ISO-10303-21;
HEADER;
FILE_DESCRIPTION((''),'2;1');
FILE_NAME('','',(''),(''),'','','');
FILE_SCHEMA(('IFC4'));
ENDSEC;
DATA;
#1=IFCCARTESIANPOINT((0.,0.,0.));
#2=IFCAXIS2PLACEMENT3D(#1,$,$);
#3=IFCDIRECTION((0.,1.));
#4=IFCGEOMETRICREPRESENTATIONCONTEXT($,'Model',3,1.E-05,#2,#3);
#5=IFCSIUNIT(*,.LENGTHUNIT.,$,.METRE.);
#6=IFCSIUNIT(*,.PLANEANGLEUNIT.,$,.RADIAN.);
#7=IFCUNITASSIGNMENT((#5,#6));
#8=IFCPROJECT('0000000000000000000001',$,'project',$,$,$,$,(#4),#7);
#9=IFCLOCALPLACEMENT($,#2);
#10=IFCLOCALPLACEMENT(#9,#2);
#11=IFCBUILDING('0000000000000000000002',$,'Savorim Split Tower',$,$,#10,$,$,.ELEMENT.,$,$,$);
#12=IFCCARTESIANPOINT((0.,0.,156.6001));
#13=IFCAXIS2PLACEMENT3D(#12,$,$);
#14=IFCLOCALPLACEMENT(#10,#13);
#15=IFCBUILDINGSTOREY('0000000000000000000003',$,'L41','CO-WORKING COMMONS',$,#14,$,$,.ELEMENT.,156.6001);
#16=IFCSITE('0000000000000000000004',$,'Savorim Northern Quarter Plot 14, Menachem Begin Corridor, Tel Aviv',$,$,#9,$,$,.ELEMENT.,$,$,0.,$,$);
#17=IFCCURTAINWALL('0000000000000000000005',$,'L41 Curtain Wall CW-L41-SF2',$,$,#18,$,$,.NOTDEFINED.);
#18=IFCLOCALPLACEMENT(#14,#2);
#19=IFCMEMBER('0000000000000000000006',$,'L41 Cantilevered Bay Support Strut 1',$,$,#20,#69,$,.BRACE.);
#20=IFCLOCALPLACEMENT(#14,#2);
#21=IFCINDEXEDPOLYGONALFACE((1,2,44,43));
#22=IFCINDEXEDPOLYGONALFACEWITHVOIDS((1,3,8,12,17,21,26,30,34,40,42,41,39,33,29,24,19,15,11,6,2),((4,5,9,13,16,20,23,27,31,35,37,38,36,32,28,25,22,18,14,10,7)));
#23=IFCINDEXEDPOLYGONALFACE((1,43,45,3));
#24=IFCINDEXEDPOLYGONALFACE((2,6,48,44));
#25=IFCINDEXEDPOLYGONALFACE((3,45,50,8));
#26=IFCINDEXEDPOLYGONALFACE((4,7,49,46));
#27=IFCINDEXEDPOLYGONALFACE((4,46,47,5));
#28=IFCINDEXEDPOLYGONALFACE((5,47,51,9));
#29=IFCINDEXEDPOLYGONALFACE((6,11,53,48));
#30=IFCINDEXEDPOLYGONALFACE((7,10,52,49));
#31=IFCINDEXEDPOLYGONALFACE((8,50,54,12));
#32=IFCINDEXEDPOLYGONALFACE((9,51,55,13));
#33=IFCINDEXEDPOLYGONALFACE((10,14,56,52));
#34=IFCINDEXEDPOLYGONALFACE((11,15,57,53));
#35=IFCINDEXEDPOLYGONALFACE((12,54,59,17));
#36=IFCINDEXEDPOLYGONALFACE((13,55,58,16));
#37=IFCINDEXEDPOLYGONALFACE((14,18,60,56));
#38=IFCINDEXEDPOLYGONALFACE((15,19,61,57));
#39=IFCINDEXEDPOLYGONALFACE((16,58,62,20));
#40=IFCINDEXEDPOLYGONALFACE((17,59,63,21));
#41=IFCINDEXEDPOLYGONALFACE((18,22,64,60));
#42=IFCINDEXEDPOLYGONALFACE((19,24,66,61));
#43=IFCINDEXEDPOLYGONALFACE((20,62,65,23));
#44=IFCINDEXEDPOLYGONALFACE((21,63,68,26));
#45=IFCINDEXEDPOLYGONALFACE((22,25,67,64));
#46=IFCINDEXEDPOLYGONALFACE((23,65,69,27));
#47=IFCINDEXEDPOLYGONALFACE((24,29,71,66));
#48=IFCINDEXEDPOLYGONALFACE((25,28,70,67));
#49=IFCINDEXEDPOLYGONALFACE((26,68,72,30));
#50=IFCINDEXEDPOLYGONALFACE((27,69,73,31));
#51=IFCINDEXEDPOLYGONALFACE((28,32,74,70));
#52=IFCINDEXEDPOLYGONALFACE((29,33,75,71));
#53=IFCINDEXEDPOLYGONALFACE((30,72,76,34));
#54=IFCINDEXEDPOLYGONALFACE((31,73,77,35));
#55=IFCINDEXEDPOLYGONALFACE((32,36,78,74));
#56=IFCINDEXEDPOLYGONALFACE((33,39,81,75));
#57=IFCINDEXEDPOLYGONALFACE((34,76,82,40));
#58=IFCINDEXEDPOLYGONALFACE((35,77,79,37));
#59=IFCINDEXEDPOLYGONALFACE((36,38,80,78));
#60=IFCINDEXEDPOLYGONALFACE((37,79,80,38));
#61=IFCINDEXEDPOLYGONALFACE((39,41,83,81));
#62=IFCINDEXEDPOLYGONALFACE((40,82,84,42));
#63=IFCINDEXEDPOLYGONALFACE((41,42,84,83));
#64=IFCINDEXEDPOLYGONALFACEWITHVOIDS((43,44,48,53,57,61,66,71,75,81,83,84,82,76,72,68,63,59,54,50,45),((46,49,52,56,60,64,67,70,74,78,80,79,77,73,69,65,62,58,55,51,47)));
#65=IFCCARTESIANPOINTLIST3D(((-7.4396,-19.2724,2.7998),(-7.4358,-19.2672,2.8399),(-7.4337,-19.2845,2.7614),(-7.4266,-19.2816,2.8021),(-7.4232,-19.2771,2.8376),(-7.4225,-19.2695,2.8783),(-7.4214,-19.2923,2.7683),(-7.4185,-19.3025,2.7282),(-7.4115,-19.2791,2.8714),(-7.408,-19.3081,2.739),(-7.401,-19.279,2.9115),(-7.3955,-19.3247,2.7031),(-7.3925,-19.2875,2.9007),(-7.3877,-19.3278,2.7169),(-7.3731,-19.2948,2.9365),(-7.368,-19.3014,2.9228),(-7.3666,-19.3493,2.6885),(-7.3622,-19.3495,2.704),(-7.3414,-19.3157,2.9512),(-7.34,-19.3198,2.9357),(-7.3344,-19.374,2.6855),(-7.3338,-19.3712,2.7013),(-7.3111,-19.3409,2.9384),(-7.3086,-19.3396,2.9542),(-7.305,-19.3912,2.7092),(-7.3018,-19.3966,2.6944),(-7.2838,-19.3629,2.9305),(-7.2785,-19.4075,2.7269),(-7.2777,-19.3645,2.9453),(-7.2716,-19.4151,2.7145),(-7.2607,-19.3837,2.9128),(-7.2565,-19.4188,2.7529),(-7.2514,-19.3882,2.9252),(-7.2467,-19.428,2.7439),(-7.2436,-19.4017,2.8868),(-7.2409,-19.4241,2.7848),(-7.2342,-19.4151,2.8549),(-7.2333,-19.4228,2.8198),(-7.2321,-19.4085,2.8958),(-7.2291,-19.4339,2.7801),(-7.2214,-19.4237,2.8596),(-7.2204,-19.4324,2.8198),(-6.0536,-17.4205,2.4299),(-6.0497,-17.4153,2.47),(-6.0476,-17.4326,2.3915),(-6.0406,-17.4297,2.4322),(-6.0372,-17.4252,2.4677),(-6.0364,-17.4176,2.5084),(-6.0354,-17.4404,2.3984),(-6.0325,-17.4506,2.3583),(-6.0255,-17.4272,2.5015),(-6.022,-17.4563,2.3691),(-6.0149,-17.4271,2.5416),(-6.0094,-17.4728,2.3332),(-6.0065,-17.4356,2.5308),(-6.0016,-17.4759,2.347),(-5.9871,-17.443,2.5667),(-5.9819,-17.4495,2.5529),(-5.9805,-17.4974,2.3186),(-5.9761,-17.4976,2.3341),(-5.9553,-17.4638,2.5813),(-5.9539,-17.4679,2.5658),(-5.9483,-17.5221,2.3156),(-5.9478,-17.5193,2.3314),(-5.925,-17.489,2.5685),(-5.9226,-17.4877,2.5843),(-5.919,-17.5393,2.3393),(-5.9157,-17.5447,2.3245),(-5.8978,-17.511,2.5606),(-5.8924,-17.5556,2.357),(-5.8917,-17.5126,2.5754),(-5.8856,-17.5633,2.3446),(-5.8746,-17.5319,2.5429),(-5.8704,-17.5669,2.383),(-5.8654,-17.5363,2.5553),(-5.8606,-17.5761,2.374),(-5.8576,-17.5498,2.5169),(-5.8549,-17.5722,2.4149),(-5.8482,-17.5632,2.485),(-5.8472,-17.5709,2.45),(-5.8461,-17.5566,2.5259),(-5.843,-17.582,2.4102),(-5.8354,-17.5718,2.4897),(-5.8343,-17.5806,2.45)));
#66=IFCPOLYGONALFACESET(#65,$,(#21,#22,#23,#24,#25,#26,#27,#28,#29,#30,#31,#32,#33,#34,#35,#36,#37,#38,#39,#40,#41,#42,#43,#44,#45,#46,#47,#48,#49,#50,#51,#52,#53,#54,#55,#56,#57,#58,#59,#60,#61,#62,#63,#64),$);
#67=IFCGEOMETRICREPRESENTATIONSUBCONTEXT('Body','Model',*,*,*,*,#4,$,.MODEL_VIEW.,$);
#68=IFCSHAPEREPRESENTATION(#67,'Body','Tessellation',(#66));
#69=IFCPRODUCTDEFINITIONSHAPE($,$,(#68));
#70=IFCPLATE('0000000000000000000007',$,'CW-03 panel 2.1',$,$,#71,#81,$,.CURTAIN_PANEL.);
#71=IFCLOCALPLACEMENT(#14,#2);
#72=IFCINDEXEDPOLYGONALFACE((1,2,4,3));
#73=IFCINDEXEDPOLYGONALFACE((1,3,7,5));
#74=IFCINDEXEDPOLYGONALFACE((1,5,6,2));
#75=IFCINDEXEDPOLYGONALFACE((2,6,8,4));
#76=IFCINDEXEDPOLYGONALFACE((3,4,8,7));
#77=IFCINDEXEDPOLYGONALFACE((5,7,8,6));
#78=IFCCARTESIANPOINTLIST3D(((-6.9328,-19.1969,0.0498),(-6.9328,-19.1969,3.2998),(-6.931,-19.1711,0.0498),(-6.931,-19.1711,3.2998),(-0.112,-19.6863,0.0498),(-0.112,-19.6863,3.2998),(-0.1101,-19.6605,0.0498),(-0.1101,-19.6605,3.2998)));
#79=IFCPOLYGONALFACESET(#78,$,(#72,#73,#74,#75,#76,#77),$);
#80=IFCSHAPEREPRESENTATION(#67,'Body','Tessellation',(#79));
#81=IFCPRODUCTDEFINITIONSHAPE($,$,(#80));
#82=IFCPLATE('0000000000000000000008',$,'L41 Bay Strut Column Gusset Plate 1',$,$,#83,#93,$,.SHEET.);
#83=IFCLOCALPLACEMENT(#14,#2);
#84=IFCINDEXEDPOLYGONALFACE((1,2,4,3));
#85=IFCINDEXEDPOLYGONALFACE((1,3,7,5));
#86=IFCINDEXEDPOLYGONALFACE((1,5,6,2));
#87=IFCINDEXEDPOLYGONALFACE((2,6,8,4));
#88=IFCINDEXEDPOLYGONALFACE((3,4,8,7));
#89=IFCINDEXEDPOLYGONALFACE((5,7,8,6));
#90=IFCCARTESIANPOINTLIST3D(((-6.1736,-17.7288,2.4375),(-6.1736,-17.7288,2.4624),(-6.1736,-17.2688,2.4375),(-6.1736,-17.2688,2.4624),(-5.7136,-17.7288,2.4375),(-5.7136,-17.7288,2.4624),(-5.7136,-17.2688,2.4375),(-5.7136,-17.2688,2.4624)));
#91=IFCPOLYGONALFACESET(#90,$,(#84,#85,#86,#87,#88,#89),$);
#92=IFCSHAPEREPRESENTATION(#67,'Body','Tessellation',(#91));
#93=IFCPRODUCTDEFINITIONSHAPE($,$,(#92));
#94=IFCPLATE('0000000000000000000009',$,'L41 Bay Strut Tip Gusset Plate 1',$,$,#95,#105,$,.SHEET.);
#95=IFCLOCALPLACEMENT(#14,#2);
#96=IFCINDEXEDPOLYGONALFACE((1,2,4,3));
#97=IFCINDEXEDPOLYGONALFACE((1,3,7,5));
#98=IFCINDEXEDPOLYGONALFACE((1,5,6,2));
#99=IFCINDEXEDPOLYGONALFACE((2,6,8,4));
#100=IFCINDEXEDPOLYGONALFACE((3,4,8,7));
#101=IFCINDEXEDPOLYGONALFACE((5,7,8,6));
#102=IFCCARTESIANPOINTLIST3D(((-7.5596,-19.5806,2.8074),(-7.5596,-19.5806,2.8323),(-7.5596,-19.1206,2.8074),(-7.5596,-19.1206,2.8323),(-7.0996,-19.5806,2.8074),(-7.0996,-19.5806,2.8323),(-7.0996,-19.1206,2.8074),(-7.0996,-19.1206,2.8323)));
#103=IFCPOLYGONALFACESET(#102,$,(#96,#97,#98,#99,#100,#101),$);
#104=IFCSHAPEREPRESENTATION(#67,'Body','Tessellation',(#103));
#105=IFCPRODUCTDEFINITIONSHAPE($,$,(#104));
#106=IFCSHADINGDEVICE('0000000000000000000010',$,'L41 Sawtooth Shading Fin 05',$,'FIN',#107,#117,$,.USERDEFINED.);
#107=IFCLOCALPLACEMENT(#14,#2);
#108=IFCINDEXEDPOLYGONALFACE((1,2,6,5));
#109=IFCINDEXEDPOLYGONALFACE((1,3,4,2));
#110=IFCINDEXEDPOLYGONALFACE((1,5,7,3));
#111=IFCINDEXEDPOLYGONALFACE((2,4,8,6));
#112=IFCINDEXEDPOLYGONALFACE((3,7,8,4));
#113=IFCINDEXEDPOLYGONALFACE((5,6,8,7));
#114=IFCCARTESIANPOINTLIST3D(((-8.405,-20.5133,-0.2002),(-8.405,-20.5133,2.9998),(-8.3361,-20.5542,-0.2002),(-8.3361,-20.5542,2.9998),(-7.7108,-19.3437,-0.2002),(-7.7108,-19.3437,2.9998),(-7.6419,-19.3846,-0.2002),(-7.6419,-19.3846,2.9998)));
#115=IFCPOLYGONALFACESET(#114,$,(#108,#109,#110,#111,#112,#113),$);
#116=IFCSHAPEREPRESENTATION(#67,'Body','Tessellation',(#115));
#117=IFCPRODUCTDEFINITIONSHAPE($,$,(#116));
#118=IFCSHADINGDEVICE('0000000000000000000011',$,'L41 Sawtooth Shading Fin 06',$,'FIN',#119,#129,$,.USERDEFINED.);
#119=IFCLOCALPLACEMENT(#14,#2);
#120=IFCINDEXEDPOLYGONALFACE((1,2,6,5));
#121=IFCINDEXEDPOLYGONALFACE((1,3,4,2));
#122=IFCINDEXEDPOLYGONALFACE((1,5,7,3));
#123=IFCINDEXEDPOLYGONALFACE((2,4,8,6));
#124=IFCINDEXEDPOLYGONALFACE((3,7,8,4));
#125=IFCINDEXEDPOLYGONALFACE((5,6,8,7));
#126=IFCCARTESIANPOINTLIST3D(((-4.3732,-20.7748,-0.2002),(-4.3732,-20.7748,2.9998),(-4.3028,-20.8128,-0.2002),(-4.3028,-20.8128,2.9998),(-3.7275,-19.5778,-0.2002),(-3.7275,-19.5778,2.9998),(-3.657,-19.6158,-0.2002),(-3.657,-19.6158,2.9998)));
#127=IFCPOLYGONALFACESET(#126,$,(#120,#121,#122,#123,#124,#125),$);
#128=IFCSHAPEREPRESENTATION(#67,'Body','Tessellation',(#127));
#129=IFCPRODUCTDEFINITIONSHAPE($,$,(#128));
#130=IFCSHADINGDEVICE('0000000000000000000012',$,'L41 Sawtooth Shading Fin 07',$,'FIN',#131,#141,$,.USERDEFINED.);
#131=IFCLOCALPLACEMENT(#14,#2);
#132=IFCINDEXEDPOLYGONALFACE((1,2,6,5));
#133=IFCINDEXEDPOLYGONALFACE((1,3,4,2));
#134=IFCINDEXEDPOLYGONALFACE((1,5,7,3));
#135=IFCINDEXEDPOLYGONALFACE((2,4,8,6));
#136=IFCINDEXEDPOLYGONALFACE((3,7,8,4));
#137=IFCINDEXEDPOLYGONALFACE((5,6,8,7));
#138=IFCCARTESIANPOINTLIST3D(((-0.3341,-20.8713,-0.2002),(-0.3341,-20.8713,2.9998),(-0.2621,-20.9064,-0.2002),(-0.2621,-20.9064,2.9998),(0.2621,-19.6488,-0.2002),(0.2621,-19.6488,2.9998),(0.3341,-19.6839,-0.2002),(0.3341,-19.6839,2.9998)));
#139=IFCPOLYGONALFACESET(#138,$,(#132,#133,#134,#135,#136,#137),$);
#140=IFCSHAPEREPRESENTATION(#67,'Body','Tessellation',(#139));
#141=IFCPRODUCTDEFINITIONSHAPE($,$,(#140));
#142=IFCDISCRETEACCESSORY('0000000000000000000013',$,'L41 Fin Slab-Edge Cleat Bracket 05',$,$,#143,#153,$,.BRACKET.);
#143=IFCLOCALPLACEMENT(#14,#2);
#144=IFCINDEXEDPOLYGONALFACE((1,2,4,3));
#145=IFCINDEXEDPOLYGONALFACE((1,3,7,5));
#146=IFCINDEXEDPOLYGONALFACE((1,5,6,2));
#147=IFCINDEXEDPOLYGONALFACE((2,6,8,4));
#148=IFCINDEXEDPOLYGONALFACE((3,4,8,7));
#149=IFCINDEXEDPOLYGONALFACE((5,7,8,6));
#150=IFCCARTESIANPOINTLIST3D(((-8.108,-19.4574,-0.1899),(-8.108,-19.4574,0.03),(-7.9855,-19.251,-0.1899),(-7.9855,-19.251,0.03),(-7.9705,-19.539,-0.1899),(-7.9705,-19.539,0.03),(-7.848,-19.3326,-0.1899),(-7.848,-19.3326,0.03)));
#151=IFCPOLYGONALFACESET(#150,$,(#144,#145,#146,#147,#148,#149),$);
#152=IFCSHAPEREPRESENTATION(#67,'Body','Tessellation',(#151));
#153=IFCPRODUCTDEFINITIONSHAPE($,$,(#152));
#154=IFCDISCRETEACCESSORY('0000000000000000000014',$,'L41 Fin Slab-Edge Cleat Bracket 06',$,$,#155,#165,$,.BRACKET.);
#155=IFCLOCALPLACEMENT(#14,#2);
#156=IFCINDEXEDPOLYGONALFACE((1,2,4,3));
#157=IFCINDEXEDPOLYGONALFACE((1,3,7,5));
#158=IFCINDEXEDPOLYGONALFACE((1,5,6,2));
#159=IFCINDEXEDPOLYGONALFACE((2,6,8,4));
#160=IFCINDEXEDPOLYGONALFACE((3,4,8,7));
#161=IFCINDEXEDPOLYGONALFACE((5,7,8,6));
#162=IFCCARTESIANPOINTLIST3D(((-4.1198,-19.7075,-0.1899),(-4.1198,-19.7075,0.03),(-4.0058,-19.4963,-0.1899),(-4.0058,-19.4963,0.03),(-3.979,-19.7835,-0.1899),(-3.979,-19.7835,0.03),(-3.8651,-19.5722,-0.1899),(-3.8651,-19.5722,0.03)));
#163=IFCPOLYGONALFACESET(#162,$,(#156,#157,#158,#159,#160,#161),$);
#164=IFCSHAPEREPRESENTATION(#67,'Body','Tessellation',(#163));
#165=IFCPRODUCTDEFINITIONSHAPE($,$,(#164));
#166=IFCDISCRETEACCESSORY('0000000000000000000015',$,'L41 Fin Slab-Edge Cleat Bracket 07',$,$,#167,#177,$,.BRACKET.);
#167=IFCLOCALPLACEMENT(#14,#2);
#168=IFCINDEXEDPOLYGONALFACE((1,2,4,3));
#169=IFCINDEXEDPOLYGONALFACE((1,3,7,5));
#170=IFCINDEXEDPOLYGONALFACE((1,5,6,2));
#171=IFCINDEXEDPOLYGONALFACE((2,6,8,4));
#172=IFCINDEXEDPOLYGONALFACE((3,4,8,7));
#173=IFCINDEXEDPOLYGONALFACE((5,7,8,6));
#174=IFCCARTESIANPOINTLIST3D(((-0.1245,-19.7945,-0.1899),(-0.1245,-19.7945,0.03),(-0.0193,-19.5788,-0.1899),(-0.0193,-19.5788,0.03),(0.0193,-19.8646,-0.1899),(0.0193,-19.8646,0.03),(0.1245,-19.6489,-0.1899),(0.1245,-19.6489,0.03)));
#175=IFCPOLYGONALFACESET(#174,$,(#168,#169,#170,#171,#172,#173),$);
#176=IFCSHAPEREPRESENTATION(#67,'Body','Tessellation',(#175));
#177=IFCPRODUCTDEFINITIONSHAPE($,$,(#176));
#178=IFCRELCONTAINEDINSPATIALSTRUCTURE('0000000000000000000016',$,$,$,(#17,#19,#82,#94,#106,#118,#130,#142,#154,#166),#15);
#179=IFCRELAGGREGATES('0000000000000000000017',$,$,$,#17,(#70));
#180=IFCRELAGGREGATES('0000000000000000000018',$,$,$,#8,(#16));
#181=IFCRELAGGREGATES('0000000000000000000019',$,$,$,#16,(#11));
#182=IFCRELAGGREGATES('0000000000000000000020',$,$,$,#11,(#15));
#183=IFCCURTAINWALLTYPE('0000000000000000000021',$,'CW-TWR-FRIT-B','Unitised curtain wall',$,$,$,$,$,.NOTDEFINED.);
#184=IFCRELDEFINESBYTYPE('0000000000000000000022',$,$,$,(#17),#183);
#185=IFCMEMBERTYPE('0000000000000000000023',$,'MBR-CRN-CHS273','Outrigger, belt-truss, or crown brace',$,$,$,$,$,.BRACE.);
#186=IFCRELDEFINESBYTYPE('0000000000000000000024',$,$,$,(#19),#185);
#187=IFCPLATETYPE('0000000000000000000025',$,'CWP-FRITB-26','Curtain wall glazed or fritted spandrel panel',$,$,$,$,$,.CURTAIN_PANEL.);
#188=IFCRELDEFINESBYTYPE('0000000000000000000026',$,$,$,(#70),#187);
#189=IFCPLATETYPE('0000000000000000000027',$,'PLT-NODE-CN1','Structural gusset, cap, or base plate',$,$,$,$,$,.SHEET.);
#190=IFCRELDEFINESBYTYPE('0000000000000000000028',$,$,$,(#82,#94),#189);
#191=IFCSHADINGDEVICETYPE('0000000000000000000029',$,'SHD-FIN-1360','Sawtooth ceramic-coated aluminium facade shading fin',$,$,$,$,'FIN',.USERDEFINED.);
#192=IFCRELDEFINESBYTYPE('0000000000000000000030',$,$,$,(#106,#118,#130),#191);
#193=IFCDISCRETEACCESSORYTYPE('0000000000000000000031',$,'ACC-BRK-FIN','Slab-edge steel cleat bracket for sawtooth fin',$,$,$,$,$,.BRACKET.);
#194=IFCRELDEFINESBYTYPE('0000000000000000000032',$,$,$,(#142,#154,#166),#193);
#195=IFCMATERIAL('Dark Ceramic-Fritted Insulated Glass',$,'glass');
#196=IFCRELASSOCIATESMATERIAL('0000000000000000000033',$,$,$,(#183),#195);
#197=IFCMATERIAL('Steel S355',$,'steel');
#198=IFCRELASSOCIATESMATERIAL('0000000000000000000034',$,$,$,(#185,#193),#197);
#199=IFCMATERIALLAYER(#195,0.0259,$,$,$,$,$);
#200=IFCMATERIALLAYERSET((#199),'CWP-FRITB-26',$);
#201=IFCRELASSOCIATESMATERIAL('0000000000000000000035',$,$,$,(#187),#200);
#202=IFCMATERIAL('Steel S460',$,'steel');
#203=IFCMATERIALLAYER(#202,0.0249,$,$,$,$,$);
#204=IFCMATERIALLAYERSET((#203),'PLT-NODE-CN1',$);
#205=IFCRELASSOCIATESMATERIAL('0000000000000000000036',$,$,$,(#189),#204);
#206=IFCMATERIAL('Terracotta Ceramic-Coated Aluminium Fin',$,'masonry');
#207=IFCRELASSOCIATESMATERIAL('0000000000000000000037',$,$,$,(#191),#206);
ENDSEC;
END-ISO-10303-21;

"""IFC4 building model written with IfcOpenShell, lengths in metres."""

from ifc_helpers import new_model, si_unit, direction, frame, origin, origin_2d, place, context, subcontext, project, spatial, rectangle, hollow_circle, extrude, material, layer, layer_set, material_profile, profile_set, type_object, element, aggregate, save


model = new_model("IFC4")

# Units and contexts
model_context = context("Model", 3, precision=1e-05, world=origin(), true_north=direction((0.0, 1.0)))
body_context = subcontext(model_context, "Body", "Model", "MODEL_VIEW")
ifc_project = project(units=[si_unit("LENGTHUNIT", "METRE"), si_unit("PLANEANGLEUNIT", "RADIAN")], contexts=[model_context])

# Site, building, storey
site_placement = place(None, origin())
site = spatial("IfcSite", under=ifc_project, at=site_placement, Name="Savorim Northern Quarter Plot 14, Menachem Begin Corridor, Tel Aviv", CompositionType="ELEMENT", RefElevation=0.0)
building_placement = place(site_placement, origin())
building = spatial("IfcBuilding", under=site, at=building_placement, Name="Savorim Split Tower", CompositionType="ELEMENT")
storey_placement = place(building_placement, frame((0.0, 0.0, 156.6001)))
storey = spatial("IfcBuildingStorey", under=building, at=storey_placement, Name="L41", Description="CO-WORKING COMMONS", CompositionType="ELEMENT", Elevation=156.6001)

# Shared definitions
ifc_material_1 = material(Name="Steel S460", Category="steel")

# Shared definitions
ifc_material_2 = material(Name="Steel S355", Category="steel")

# Curtain wall
ifc_material_3 = material(Name="Dark Ceramic-Fritted Insulated Glass", Category="glass")
curtain_wall_type = type_object("IfcCurtainWallType", Name="CW-TWR-FRIT-B", Description="Unitised curtain wall", PredefinedType="NOTDEFINED", material=ifc_material_3)
curtain_wall_placement = place(storey_placement, origin())
curtain_wall = element("IfcCurtainWall", 1, at=curtain_wall_placement, inside=storey, type_object=curtain_wall_type, Name="L41 Curtain Wall CW-L41-SF2", PredefinedType="NOTDEFINED")

# Member
ifc_material_profile_1 = material_profile(ifc_material_2, hollow_circle(Radius=0.1365, WallThickness=0.0161, at=origin_2d()), Name="CHS 273x16")
ifc_profile_set_1 = profile_set([ifc_material_profile_1], Name="Steel S355")
member_type_1 = type_object("IfcMemberType", Name="MBR-CRN-CHS273", Description="Outrigger, belt-truss, or crown brace", PredefinedType="BRACE", material=ifc_profile_set_1)
member_1_placement = place(storey_placement, frame((-5.9436, -17.4988, 2.45), z_axis=(-0.591689, -0.790551, 0.157902), x_axis=(0.800595, -0.599206, 0.0)))
element("IfcMember", 2, at=member_1_placement, inside=storey, type_object=member_type_1, Name="L41 Cantilevered Bay Support Strut 1", PredefinedType="BRACE", context=body_context, shape_type="SweptSolid", body=[
    extrude(hollow_circle(Radius=0.1365, WallThickness=0.0161, at=origin_2d()), origin(), (0.0, 0.0, 1.0), 2.3425),
])

# Plate
ifc_layer_1 = layer(ifc_material_3, 0.0259)
ifc_layer_set_1 = layer_set([ifc_layer_1], Name="CWP-FRITB-26")
plate_type_1 = type_object("IfcPlateType", Name="CWP-FRITB-26", Description="Curtain wall glazed or fritted spandrel panel", PredefinedType="CURTAIN_PANEL", material=ifc_layer_set_1)
plate_placement = place(storey_placement, frame((-3.5215, -19.4287, 0.0498), z_axis=(0.0, 0.0, 1.0), x_axis=(0.997436, -0.071561, 0.0)))
plate = element("IfcPlate", 3, at=plate_placement, type_object=plate_type_1, Name="CW-03 panel 2.1", PredefinedType="CURTAIN_PANEL", context=body_context, shape_type="SweptSolid", body=[
    extrude(rectangle(XDim=6.8384, YDim=0.0259, at=origin_2d()), origin(), (0.0, 0.0, 1.0), 3.25),
])
aggregate(curtain_wall, [plate])

# Plates
ifc_layer_2 = layer(ifc_material_1, 0.0249)
ifc_layer_set_2 = layer_set([ifc_layer_2], Name="PLT-NODE-CN1")
plate_type_2 = type_object("IfcPlateType", Name="PLT-NODE-CN1", Description="Structural gusset, cap, or base plate", PredefinedType="SHEET", material=ifc_layer_set_2)
for number, where, z_axis, x_axis, name in (
    (4, (-5.9436, -17.4988, 2.4375), (0.0, 0.0, 1.0), (1.0, 0.0, 0.0), "L41 Bay Strut Column Gusset Plate 1"),
    (5, (-7.3296, -19.3506, 2.8074), (0.0, 0.0, 1.0), (1.0, 0.0, 0.0), "L41 Bay Strut Tip Gusset Plate 1"),
):
    element("IfcPlate", number, at=place(storey_placement, frame(where, z_axis=z_axis, x_axis=x_axis)), inside=storey, type_object=plate_type_2, Name=name, PredefinedType="SHEET", context=body_context, shape_type="SweptSolid", body=[
        extrude(rectangle(XDim=0.46, YDim=0.46, at=origin_2d()), origin(), (0.0, 0.0, 1.0), 0.0249),
    ])

# Shading devices
ifc_material_4 = material(Name="Terracotta Ceramic-Coated Aluminium Fin", Category="masonry")
shading_device_type = type_object("IfcShadingDeviceType", Name="SHD-FIN-1360", Description="Sawtooth ceramic-coated aluminium facade shading fin", ElementType="FIN", PredefinedType="USERDEFINED", material=ifc_material_4)
for number, where, z_axis, x_axis, name in (
    (6, (-8.0234, -19.949, -0.2002), (0.0, 0.0, 1.0), (-0.510391, -0.859942, 0.0), "L41 Sawtooth Shading Fin 05"),
    (7, (-4.0151, -20.1953, -0.2002), (0.0, 0.0, 1.0), (-0.474778, -0.880106, 0.0), "L41 Sawtooth Shading Fin 06"),
    (8, (0.0, -20.2776, -0.2002), (0.0, 0.0, 1.0), (-0.438371, -0.898794, 0.0), "L41 Sawtooth Shading Fin 07"),
):
    element("IfcShadingDevice", number, at=place(storey_placement, frame(where, z_axis=z_axis, x_axis=x_axis)), inside=storey, type_object=shading_device_type, Name=name, ObjectType="FIN", PredefinedType="USERDEFINED", context=body_context, shape_type="SweptSolid", body=[
        extrude(rectangle(XDim=1.3601, YDim=0.0801, at=origin_2d()), origin(), (0.0, 0.0, 1.0), 3.2),
    ])

# Discrete accessories
discrete_accessory_type = type_object("IfcDiscreteAccessoryType", Name="ACC-BRK-FIN", Description="Slab-edge steel cleat bracket for sawtooth fin", PredefinedType="BRACKET", material=ifc_material_2)
for number, where, z_axis, x_axis, name in (
    (9, (-7.978, -19.395, -0.1899), (0.0, 0.0, 1.0), (-0.510391, -0.859942, 0.0), "L41 Fin Slab-Edge Cleat Bracket 05"),
    (10, (-3.9924, -19.6399, -0.1899), (0.0, 0.0, 1.0), (-0.474778, -0.880106, 0.0), "L41 Fin Slab-Edge Cleat Bracket 06"),
    (11, (0.0, -19.7217, -0.1899), (0.0, 0.0, 1.0), (-0.438371, -0.898794, 0.0), "L41 Fin Slab-Edge Cleat Bracket 07"),
):
    element("IfcDiscreteAccessory", number, at=place(storey_placement, frame(where, z_axis=z_axis, x_axis=x_axis)), inside=storey, type_object=discrete_accessory_type, Name=name, PredefinedType="BRACKET", context=body_context, shape_type="SweptSolid", body=[
        extrude(rectangle(XDim=0.24, YDim=0.1599, at=origin_2d()), origin(), (0.0, 0.0, 1.0), 0.22),
    ])

save(model, "model.ifc")
